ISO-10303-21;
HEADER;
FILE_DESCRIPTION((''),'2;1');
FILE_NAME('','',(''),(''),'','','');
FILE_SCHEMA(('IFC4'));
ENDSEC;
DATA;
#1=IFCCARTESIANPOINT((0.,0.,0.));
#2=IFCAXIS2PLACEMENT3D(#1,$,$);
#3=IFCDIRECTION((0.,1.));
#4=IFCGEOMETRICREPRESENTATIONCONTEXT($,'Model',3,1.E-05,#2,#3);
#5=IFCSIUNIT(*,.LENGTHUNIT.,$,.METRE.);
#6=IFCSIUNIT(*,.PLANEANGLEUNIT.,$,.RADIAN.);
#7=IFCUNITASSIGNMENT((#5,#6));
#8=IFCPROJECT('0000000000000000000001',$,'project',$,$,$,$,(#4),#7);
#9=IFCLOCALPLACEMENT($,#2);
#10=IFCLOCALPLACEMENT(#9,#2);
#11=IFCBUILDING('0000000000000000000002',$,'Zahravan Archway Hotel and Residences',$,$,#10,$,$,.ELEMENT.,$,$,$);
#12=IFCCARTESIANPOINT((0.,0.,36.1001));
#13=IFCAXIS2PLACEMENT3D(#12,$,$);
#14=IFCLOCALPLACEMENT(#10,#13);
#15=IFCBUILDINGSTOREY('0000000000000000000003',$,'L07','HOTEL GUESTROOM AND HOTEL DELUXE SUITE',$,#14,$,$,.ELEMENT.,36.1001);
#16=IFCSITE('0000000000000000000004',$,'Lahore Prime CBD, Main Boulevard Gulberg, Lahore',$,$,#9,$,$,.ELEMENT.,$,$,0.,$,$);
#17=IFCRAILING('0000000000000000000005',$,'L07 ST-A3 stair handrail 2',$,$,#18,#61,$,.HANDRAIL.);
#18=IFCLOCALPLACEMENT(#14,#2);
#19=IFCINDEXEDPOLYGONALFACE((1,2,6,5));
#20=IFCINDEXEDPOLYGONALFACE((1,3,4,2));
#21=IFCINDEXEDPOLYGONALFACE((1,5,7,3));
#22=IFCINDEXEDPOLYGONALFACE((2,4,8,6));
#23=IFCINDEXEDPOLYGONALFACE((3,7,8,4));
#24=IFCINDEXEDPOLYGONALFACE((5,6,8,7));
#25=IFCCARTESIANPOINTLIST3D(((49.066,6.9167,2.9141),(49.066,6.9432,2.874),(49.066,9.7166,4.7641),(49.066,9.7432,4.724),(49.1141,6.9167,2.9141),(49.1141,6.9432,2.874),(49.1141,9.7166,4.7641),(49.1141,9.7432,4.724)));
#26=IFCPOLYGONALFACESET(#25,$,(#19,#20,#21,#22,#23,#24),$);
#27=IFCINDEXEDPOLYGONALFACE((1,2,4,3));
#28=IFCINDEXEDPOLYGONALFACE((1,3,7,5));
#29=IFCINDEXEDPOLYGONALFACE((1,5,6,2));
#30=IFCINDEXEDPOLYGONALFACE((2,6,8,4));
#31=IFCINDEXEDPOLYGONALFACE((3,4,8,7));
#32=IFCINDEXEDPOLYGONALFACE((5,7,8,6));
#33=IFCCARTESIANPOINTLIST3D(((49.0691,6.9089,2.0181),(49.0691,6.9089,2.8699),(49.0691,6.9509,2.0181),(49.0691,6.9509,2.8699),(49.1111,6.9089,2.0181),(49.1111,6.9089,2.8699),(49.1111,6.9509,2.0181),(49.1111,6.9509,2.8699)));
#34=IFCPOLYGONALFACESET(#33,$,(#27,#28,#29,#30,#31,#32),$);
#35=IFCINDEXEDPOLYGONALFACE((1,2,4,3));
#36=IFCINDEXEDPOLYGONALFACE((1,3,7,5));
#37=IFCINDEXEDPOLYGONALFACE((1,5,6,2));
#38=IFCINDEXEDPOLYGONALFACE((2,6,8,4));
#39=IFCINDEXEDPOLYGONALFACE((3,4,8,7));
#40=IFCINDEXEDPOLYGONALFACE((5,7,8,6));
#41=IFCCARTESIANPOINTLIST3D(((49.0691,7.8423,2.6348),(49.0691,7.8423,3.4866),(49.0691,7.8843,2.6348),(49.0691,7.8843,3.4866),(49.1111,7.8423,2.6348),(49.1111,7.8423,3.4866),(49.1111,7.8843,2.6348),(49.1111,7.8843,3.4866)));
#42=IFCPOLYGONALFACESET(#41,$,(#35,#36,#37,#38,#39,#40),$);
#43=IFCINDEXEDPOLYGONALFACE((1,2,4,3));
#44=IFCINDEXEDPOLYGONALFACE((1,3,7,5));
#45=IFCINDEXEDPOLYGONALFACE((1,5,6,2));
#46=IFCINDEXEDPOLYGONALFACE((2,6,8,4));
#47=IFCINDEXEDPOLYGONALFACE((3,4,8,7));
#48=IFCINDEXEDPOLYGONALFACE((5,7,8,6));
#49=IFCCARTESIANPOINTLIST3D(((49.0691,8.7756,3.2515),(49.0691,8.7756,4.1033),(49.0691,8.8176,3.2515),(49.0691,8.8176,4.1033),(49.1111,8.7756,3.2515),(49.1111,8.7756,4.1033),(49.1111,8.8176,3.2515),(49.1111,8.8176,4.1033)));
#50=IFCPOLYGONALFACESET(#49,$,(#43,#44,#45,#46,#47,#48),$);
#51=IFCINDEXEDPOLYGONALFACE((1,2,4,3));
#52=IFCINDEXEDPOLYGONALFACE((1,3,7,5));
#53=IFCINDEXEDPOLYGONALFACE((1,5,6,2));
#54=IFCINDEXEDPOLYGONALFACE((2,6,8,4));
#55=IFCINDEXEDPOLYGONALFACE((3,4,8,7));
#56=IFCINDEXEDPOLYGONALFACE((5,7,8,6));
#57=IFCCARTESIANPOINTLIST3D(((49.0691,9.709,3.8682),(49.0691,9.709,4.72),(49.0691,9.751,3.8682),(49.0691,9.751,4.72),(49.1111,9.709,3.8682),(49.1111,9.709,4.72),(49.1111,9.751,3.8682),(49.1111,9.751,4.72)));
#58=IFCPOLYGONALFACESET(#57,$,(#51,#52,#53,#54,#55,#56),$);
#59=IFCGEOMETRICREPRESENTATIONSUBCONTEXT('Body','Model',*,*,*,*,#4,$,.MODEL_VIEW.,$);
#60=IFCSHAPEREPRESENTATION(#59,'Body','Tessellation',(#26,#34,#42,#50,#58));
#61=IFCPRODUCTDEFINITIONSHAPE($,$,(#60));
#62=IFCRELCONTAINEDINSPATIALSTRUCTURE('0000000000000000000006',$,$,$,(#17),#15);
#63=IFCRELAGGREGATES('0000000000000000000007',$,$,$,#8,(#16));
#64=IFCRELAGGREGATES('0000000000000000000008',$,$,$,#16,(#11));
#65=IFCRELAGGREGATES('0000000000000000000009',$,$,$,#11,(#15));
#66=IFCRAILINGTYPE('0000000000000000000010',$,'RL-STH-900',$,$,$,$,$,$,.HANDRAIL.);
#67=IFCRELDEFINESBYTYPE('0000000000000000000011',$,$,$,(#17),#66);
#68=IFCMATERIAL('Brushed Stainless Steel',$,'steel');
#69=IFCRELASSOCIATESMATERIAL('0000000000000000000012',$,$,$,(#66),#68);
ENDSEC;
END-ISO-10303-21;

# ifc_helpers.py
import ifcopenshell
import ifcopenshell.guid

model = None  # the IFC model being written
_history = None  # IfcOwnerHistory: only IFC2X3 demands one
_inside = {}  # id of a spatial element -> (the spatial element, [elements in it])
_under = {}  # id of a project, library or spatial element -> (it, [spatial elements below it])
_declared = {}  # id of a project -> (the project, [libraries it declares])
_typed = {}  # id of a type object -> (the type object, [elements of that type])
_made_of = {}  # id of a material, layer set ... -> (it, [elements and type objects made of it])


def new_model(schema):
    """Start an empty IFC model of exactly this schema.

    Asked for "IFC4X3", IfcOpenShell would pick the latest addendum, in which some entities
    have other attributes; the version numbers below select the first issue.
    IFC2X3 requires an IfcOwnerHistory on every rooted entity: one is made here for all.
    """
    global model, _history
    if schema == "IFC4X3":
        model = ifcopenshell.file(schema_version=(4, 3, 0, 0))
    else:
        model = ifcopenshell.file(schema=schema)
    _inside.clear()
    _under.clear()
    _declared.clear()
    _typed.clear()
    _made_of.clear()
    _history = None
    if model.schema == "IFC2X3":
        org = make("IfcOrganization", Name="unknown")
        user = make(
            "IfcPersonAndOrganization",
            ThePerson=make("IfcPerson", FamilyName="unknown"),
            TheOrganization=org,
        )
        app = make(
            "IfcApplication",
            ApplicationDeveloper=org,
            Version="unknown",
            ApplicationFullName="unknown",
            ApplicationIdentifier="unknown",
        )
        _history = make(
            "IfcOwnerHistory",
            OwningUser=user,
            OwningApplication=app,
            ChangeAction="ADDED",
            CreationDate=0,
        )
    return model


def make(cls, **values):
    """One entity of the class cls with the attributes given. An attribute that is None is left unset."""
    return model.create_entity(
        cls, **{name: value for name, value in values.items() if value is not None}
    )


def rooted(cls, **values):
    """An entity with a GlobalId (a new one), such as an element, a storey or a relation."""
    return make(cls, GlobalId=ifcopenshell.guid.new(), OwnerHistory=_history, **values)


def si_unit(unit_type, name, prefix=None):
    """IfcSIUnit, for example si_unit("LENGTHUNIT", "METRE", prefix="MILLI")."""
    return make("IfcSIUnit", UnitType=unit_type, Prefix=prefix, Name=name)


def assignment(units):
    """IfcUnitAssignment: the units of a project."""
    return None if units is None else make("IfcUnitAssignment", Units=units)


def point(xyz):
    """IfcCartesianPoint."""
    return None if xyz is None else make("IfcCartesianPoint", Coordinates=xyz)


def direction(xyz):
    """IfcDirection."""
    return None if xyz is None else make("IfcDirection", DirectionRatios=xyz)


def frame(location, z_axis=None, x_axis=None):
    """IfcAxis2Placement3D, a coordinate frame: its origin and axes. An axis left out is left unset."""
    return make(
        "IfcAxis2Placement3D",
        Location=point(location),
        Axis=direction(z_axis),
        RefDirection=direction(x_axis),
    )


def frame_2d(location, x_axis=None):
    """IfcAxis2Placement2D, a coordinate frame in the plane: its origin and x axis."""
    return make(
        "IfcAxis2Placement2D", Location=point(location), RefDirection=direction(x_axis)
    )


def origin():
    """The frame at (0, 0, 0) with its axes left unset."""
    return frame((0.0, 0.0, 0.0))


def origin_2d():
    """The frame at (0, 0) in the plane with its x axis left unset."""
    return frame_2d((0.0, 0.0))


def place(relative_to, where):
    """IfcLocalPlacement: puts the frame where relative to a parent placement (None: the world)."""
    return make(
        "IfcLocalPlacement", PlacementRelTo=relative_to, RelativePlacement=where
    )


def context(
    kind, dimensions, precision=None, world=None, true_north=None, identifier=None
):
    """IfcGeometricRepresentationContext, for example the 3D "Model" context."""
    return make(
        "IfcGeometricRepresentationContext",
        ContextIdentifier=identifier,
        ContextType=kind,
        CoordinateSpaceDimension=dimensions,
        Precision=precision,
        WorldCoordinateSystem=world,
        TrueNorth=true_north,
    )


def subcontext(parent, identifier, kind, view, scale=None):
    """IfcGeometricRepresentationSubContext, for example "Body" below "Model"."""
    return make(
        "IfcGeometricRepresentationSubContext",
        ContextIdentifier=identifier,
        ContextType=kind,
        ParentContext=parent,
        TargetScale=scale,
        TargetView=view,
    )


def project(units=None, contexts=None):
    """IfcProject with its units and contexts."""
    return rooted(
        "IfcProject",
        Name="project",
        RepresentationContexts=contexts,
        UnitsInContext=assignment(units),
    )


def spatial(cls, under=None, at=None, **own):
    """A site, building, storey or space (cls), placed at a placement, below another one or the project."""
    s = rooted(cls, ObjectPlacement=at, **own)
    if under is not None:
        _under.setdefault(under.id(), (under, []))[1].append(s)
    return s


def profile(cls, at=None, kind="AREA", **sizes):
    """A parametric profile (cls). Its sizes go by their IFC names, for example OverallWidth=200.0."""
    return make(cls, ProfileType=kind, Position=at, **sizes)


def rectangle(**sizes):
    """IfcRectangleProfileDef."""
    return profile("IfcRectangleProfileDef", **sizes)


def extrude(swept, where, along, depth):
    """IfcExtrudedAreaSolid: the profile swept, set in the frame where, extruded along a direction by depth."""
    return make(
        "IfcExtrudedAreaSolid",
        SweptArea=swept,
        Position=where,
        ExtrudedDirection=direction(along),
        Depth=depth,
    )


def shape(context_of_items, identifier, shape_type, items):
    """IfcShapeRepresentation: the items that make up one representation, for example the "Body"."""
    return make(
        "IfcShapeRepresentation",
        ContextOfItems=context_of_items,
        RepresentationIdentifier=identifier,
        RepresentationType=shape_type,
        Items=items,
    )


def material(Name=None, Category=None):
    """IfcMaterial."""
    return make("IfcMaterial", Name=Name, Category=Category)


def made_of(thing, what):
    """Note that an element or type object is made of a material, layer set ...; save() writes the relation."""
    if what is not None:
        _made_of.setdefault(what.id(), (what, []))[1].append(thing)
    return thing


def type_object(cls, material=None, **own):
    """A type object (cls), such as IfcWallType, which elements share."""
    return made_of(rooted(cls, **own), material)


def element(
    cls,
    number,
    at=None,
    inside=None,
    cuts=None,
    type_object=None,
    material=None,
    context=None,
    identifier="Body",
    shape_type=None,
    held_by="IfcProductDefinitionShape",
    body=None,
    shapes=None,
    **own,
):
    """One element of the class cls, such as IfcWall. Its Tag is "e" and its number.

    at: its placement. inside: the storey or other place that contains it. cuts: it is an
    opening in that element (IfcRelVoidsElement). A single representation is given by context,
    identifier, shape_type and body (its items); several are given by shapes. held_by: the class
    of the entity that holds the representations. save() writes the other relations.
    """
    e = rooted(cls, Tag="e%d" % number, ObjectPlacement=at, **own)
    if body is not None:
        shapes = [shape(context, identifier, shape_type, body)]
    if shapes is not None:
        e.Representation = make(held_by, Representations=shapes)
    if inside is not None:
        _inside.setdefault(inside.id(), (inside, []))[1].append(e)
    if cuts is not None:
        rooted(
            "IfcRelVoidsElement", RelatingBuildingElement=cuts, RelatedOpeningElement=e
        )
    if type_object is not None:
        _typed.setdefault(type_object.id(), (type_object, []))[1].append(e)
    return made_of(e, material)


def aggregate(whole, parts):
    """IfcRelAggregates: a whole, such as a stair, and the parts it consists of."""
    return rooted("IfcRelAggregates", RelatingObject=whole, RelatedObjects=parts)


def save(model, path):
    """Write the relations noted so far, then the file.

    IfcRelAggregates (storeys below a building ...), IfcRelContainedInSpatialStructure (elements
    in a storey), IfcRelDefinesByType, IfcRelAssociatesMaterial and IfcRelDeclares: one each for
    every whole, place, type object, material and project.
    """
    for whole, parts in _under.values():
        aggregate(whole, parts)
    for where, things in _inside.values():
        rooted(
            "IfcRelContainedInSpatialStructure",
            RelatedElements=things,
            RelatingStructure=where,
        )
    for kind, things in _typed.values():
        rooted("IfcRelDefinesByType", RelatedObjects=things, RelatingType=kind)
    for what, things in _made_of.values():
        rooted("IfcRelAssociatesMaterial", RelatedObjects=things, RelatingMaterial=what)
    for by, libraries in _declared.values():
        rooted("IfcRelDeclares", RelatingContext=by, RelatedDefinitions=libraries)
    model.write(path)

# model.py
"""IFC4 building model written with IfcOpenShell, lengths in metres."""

from ifc_helpers import new_model, si_unit, direction, frame, origin, origin_2d, place, context, subcontext, project, spatial, rectangle, extrude, material, type_object, element, save


model = new_model("IFC4")

# Units and contexts
model_context = context("Model", 3, precision=1e-05, world=origin(), true_north=direction((0.0, 1.0)))
body_context = subcontext(model_context, "Body", "Model", "MODEL_VIEW")
ifc_project = project(units=[si_unit("LENGTHUNIT", "METRE"), si_unit("PLANEANGLEUNIT", "RADIAN")], contexts=[model_context])

# Site, building, storey
site_placement = place(None, origin())
site = spatial("IfcSite", under=ifc_project, at=site_placement, Name="Lahore Prime CBD, Main Boulevard Gulberg, Lahore", CompositionType="ELEMENT", RefElevation=0.0)
building_placement = place(site_placement, origin())
building = spatial("IfcBuilding", under=site, at=building_placement, Name="Zahravan Archway Hotel and Residences", CompositionType="ELEMENT")
storey_placement = place(building_placement, frame((0.0, 0.0, 36.1001)))
storey = spatial("IfcBuildingStorey", under=building, at=storey_placement, Name="L07", Description="HOTEL GUESTROOM AND HOTEL DELUXE SUITE", CompositionType="ELEMENT", Elevation=36.1001)

# Railing
ifc_material_1 = material(Name="Brushed Stainless Steel", Category="steel")
railing_type_1 = type_object("IfcRailingType", Name="RL-STH-900", PredefinedType="HANDRAIL", material=ifc_material_1)
railing_1_placement = place(storey_placement, frame((49.0901, 6.9299, 2.0181)))
element("IfcRailing", 1, at=railing_1_placement, inside=storey, type_object=railing_type_1, Name="L07 ST-A3 stair handrail 2", PredefinedType="HANDRAIL", context=body_context, shape_type="SweptSolid", body=[
    extrude(rectangle(XDim=0.0481, YDim=0.0481, at=origin_2d()), frame((0.0, 0.0, 0.876), z_axis=(0.0, 0.834326, 0.551271), x_axis=(-1.0, 0.0, 0.0)), (0.0, 0.0, 1.0), 3.356),
    extrude(rectangle(XDim=0.042, YDim=0.042, at=origin_2d()), origin(), (0.0, 0.0, 1.0), 0.8518),
    extrude(rectangle(XDim=0.042, YDim=0.042, at=origin_2d()), frame((0.0, 0.9333, 0.6167)), (0.0, 0.0, 1.0), 0.8518),
    extrude(rectangle(XDim=0.042, YDim=0.042, at=origin_2d()), frame((0.0, 1.8667, 1.2334)), (0.0, 0.0, 1.0), 0.8518),
    extrude(rectangle(XDim=0.042, YDim=0.042, at=origin_2d()), frame((0.0, 2.8, 1.8501)), (0.0, 0.0, 1.0), 0.8518),
])

save(model, "model.ifc")
